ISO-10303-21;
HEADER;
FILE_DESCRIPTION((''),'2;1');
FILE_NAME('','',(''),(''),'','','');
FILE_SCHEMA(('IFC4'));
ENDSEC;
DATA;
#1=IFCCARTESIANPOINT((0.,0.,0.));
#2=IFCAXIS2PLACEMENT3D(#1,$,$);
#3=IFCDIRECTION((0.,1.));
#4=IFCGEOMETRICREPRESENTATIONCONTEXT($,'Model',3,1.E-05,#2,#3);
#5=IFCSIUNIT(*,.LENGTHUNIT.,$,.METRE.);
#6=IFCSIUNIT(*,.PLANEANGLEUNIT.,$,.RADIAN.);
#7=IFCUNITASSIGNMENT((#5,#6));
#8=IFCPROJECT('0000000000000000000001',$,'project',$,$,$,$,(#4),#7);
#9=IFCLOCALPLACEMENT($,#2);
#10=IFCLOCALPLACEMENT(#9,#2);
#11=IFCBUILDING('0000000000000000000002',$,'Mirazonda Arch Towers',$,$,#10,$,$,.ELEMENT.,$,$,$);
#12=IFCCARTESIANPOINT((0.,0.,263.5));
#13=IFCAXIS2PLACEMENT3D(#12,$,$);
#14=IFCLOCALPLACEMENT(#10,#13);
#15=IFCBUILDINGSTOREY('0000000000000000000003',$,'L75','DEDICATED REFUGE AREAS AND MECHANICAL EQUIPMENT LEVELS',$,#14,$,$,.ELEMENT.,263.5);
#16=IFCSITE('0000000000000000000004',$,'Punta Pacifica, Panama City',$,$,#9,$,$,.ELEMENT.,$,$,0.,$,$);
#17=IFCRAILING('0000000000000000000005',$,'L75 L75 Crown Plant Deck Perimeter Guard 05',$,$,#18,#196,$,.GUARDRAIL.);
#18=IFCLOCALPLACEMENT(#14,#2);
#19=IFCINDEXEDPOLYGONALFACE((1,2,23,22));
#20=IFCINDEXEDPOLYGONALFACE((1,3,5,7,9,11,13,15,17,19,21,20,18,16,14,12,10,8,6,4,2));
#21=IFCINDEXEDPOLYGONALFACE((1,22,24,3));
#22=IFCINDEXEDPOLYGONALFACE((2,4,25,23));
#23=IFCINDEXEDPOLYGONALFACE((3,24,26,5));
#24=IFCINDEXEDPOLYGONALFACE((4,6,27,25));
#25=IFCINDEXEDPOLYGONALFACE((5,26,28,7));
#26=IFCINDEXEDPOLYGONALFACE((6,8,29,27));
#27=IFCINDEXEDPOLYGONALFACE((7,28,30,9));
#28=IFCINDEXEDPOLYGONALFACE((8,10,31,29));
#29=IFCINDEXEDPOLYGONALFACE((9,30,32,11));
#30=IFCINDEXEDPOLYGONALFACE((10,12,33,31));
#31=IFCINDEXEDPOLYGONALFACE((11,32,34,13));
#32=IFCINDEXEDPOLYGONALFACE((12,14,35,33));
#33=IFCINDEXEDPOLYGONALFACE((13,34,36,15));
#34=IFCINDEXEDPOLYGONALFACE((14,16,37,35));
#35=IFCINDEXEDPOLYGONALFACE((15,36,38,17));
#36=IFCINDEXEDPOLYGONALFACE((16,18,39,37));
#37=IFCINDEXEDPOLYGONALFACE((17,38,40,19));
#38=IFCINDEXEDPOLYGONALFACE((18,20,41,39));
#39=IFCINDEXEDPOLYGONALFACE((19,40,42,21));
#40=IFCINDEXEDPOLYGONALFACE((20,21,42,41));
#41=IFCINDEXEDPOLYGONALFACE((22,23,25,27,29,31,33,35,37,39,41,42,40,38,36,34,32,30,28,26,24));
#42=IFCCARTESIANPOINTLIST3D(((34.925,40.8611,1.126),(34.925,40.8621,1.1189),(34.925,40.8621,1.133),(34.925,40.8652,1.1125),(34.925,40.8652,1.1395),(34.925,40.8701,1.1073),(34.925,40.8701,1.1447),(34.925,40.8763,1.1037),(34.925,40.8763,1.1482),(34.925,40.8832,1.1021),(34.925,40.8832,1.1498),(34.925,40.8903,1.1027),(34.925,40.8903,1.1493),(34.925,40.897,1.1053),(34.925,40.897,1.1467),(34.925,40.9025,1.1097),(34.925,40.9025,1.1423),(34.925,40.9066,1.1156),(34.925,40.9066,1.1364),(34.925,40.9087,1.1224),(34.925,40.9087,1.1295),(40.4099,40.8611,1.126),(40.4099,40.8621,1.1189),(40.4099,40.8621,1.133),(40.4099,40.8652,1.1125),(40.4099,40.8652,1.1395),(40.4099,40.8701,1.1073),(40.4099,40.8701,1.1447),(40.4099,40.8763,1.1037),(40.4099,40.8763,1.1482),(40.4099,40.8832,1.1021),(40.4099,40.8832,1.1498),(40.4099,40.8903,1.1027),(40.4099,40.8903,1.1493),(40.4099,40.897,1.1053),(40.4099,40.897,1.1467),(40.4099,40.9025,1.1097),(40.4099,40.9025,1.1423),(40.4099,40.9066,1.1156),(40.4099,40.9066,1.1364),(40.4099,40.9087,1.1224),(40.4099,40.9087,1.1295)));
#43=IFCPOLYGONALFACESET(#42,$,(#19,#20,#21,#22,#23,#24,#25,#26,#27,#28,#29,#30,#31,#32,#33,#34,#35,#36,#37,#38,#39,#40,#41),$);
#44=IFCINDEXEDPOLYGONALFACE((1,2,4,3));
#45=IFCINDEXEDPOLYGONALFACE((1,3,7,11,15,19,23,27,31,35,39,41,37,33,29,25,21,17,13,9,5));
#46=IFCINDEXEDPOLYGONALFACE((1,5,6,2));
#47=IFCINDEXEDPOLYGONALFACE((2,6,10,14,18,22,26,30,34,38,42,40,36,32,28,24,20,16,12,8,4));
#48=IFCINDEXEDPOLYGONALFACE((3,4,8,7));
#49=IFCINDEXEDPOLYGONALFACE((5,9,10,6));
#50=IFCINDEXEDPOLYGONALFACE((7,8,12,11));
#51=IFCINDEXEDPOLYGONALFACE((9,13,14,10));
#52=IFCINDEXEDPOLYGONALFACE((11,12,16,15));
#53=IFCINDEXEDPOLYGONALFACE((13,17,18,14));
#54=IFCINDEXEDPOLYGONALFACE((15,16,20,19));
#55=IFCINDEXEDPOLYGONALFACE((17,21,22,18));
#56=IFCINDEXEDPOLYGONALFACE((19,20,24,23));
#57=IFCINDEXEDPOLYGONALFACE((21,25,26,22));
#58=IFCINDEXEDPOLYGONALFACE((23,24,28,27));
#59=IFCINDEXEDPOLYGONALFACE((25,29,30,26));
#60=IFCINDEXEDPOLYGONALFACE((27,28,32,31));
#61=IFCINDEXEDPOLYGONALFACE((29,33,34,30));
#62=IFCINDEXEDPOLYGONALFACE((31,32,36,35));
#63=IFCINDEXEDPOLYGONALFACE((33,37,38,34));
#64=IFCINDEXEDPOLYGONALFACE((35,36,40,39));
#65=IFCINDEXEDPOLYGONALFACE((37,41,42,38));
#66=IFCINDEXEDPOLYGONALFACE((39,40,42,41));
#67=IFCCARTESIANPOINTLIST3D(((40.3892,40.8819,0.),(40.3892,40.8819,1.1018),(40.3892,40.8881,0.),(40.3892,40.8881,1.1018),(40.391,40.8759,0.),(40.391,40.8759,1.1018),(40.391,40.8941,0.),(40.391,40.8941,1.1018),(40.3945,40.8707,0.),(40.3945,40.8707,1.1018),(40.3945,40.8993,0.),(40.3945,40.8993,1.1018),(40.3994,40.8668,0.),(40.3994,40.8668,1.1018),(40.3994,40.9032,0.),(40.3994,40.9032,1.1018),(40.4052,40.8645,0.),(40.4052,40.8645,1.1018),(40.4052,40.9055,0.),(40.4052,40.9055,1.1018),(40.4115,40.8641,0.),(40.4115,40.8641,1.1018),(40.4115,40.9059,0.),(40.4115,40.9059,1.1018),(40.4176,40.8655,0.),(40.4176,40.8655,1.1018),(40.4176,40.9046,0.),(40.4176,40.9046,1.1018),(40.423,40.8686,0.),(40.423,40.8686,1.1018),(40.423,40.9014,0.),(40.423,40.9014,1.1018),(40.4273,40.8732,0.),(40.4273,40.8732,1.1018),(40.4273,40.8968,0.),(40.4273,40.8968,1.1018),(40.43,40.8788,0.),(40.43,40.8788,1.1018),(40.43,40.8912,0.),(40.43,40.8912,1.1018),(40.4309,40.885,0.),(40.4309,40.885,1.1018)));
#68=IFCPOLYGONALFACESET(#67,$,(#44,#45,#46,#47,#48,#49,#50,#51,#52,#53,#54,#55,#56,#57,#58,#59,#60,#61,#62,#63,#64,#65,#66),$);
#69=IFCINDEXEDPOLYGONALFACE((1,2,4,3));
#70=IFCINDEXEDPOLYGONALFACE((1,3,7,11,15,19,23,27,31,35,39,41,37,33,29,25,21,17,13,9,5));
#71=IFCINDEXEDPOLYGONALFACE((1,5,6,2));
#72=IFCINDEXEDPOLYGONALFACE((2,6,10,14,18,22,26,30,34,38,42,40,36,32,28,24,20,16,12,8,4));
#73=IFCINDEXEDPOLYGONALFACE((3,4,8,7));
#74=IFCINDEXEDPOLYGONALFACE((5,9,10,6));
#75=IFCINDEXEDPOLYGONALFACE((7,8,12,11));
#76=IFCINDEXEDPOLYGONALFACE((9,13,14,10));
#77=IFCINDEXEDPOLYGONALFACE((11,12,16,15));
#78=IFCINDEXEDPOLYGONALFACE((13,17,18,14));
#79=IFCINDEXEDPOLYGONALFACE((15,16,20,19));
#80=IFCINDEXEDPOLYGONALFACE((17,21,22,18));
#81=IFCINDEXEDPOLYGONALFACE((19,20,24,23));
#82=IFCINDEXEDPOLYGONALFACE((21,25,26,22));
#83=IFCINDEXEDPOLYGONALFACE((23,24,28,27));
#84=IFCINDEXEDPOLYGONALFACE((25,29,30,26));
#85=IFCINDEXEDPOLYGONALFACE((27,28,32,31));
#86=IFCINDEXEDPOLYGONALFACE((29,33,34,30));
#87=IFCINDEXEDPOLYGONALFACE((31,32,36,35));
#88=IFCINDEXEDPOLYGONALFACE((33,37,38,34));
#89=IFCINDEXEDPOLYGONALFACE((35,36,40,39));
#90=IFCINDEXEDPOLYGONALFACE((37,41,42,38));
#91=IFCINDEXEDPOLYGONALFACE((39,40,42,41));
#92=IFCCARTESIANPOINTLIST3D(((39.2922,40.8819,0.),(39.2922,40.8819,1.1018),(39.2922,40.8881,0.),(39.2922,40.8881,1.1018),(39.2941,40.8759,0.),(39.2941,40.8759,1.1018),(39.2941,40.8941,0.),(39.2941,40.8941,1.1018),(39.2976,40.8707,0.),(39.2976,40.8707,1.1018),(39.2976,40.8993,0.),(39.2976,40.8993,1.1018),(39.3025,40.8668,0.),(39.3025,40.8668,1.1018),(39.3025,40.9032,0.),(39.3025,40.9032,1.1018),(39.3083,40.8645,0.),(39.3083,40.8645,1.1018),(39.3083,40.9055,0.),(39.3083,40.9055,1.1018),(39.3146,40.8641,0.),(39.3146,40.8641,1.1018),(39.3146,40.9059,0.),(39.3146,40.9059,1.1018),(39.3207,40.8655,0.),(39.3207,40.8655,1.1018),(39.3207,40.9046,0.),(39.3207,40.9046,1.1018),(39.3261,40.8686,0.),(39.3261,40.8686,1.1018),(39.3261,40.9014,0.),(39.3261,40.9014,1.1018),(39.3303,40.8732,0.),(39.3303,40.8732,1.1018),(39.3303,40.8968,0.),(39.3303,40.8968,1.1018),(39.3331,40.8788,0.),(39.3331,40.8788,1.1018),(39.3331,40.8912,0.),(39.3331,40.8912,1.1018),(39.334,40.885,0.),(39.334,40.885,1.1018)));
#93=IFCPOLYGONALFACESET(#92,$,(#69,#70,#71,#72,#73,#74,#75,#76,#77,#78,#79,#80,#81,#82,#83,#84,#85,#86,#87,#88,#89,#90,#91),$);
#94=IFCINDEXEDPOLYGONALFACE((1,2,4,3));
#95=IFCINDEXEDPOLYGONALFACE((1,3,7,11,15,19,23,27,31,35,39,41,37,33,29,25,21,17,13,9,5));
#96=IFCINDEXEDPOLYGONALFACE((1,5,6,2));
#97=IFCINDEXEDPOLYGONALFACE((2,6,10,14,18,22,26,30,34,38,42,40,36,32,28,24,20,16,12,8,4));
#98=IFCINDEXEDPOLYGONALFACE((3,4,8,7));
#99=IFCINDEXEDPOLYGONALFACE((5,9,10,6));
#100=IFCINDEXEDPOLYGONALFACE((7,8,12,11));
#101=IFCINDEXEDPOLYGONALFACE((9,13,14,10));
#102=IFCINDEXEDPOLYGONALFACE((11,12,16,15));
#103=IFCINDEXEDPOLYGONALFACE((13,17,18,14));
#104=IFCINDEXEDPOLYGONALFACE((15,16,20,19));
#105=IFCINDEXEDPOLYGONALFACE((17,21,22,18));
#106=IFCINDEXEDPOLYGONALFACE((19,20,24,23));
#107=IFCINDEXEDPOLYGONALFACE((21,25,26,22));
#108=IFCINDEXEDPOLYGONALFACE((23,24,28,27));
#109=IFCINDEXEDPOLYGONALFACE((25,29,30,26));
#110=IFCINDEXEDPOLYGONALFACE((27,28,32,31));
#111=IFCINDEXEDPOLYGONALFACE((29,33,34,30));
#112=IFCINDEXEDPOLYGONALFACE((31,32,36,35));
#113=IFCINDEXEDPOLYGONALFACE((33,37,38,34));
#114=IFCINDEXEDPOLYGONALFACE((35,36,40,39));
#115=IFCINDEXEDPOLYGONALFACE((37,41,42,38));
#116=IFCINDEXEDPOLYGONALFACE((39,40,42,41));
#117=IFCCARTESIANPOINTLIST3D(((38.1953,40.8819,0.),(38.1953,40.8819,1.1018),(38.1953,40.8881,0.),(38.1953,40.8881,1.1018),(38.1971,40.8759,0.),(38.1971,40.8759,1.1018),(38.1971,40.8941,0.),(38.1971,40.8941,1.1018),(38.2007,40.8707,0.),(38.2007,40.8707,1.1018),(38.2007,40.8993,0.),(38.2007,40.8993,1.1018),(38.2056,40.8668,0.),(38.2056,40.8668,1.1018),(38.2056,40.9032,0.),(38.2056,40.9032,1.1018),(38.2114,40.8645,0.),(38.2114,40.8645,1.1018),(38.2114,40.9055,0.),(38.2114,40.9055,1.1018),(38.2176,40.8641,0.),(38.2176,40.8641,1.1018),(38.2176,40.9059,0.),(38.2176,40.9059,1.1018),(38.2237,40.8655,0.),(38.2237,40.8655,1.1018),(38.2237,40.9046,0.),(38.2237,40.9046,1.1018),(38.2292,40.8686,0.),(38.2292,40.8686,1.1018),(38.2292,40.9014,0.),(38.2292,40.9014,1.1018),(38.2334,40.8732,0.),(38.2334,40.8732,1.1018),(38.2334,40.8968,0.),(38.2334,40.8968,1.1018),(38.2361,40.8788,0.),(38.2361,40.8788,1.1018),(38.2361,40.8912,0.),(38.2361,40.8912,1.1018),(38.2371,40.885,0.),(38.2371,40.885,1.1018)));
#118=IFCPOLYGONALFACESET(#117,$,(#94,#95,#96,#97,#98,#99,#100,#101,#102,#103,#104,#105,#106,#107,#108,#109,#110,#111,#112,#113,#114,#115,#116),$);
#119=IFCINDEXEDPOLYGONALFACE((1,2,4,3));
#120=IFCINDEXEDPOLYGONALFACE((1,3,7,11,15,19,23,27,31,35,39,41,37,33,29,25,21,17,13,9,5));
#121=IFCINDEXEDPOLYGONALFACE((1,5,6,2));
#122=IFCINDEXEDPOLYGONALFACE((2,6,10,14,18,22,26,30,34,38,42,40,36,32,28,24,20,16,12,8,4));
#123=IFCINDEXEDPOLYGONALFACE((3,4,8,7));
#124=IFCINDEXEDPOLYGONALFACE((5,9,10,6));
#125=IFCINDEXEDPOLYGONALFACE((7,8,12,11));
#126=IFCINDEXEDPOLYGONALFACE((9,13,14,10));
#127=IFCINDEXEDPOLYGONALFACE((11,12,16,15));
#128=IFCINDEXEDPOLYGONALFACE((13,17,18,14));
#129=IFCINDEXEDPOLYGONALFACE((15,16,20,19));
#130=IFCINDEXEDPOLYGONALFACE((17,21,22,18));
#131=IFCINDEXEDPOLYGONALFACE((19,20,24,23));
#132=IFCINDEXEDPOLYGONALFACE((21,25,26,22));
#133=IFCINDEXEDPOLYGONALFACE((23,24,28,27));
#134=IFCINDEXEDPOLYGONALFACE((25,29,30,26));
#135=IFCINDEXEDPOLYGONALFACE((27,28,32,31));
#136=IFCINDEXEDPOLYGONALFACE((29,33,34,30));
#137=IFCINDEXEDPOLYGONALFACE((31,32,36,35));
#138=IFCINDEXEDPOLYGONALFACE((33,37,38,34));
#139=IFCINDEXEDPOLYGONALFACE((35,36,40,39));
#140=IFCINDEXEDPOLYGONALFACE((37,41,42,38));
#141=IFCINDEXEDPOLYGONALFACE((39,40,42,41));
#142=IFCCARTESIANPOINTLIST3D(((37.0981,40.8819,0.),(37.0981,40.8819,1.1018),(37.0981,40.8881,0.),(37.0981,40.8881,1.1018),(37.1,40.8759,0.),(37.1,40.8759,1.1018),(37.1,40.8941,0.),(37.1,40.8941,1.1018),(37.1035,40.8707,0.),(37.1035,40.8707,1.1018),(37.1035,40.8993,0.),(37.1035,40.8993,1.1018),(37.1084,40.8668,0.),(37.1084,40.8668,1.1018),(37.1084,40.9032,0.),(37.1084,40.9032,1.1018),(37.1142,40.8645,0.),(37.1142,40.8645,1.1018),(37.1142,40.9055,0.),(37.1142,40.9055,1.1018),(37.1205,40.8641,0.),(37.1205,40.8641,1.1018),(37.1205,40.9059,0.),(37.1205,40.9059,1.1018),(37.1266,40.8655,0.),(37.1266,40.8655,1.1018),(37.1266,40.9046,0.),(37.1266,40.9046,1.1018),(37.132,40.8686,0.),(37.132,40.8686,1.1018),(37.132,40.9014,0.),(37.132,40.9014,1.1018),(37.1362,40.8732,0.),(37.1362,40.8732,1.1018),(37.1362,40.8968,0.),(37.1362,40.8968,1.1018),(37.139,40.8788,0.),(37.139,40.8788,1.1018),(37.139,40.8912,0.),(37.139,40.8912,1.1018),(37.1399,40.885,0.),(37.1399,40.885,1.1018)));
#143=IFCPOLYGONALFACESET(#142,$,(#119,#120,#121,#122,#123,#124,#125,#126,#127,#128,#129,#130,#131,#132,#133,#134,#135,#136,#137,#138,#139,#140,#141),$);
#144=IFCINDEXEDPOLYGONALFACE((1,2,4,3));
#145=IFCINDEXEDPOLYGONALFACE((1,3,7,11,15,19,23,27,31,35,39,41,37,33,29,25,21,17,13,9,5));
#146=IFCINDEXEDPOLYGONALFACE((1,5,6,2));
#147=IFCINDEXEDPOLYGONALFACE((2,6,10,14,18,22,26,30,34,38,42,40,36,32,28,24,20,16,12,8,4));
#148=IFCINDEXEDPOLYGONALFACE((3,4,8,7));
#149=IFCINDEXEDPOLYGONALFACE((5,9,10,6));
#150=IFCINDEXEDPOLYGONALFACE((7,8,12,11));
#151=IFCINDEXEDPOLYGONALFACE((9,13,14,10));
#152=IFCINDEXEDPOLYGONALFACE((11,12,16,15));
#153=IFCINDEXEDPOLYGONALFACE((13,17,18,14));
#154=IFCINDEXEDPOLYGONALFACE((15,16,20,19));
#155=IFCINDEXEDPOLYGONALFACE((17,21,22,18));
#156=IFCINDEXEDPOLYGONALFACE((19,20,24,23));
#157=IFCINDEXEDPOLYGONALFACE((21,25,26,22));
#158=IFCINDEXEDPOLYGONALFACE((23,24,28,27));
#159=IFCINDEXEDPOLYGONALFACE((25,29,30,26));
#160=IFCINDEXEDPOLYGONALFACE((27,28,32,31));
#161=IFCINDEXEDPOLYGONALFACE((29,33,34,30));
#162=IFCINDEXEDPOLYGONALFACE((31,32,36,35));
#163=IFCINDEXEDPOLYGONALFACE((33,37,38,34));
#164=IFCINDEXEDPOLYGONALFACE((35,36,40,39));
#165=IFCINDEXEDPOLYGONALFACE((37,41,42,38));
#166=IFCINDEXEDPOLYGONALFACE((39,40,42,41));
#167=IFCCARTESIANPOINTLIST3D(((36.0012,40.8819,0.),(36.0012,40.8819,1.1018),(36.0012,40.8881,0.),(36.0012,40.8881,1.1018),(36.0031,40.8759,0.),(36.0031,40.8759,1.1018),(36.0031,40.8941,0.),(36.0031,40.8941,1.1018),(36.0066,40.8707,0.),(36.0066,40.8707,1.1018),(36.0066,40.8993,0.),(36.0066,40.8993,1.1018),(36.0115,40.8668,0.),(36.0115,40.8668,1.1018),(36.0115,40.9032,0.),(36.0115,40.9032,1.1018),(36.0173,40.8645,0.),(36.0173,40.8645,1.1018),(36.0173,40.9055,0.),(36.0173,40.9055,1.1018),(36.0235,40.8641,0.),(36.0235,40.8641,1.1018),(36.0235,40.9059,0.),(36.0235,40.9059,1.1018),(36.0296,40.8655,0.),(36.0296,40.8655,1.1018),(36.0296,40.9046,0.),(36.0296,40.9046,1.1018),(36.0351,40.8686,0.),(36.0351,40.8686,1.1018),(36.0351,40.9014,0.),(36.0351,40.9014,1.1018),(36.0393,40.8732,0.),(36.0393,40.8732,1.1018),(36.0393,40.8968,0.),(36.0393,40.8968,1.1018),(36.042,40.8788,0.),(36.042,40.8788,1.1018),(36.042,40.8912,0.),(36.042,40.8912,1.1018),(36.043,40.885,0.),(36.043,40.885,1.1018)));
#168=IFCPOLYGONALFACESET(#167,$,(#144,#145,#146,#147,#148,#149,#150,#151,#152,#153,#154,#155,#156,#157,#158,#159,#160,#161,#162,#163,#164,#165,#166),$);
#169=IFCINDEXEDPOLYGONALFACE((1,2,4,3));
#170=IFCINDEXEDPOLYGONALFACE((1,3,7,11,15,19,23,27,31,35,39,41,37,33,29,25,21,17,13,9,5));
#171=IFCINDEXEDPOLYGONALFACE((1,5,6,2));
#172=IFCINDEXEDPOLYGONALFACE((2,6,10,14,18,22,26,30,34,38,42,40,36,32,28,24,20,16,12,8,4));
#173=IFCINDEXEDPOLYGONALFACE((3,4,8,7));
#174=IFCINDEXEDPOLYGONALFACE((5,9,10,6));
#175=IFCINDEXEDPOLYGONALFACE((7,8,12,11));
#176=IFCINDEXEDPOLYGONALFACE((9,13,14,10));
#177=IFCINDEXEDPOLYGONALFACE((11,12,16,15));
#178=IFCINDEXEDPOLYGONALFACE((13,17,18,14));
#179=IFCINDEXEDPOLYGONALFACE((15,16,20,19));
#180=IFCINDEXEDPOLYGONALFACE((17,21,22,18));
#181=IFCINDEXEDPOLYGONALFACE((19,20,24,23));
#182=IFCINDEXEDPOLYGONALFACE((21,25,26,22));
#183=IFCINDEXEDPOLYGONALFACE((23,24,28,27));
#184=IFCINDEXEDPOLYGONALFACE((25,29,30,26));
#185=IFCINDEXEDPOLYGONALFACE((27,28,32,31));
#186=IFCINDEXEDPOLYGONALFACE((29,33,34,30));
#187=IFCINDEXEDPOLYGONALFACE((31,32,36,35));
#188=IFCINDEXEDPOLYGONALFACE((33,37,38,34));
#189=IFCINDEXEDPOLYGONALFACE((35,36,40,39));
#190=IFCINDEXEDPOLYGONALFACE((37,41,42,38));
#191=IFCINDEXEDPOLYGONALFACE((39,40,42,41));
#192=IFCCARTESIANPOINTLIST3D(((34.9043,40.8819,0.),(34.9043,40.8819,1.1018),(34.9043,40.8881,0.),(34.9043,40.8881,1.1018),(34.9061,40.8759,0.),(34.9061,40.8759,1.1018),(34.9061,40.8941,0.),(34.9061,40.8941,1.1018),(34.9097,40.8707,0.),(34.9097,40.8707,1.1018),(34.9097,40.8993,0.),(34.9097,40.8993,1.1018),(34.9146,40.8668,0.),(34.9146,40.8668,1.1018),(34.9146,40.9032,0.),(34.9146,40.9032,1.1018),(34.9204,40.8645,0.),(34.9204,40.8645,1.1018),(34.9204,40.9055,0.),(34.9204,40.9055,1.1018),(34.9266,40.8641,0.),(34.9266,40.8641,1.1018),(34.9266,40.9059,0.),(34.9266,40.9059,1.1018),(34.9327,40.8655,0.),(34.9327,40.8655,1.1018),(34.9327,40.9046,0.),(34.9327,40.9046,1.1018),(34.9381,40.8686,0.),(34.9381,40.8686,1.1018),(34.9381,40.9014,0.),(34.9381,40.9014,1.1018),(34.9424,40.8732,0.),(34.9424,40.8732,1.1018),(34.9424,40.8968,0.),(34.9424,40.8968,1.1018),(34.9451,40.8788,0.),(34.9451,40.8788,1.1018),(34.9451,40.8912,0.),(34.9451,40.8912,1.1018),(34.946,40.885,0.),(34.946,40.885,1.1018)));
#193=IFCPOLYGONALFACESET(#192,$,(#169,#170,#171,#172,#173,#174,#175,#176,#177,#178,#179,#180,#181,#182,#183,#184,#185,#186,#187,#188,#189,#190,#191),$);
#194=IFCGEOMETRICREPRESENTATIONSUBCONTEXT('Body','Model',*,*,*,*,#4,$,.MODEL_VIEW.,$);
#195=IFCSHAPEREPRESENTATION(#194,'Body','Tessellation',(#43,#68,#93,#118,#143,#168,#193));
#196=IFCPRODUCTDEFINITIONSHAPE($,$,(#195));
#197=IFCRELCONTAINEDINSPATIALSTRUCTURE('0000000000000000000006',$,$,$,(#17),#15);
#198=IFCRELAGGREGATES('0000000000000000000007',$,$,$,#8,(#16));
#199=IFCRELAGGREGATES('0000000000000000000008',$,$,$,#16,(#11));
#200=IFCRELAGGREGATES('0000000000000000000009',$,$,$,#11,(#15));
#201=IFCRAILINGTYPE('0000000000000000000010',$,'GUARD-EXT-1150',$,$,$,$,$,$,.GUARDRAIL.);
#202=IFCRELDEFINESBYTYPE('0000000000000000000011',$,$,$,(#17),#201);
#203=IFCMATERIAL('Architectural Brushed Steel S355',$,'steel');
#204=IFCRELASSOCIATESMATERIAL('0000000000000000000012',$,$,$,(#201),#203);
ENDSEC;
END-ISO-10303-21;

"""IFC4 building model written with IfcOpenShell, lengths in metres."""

from ifc_helpers import new_model, si_unit, direction, frame, origin, origin_2d, place, context, subcontext, project, spatial, circle, extrude, material, type_object, element, save


model = new_model("IFC4")

# Units and contexts
model_context = context("Model", 3, precision=1e-05, world=origin(), true_north=direction((0.0, 1.0)))
body_context = subcontext(model_context, "Body", "Model", "MODEL_VIEW")
ifc_project = project(units=[si_unit("LENGTHUNIT", "METRE"), si_unit("PLANEANGLEUNIT", "RADIAN")], contexts=[model_context])

# Site, building, storey
site_placement = place(None, origin())
site = spatial("IfcSite", under=ifc_project, at=site_placement, Name="Punta Pacifica, Panama City", CompositionType="ELEMENT", RefElevation=0.0)
building_placement = place(site_placement, origin())
building = spatial("IfcBuilding", under=site, at=building_placement, Name="Mirazonda Arch Towers", CompositionType="ELEMENT")
storey_placement = place(building_placement, frame((0.0, 0.0, 263.5)))
storey = spatial("IfcBuildingStorey", under=building, at=storey_placement, Name="L75", Description="DEDICATED REFUGE AREAS AND MECHANICAL EQUIPMENT LEVELS", CompositionType="ELEMENT", Elevation=263.5)

# Railing
ifc_material_1 = material(Name="Architectural Brushed Steel S355", Category="steel")
railing_type = type_object("IfcRailingType", Name="GUARD-EXT-1150", PredefinedType="GUARDRAIL", material=ifc_material_1)
railing_1_placement = place(storey_placement, frame((40.4099, 40.885, 0.0)))
element("IfcRailing", 1, at=railing_1_placement, inside=storey, type_object=railing_type, Name="L75 L75 Crown Plant Deck Perimeter Guard 05", PredefinedType="GUARDRAIL", context=body_context, shape_type="SweptSolid", body=[
    extrude(circle(Radius=0.0239, at=origin_2d()), frame((0.0, 0.0, 1.126), z_axis=(-1.0, 0.0, 0.0), x_axis=(0.0, -1.0, 0.0)), (0.0, 0.0, 1.0), 5.4849),
    extrude(circle(Radius=0.021, at=origin_2d()), origin(), (0.0, 0.0, 1.0), 1.1018),
    extrude(circle(Radius=0.021, at=origin_2d()), frame((-1.0969, 0.0, 0.0)), (0.0, 0.0, 1.0), 1.1018),
    extrude(circle(Radius=0.021, at=origin_2d()), frame((-2.1938, 0.0, 0.0)), (0.0, 0.0, 1.0), 1.1018),
    extrude(circle(Radius=0.021, at=origin_2d()), frame((-3.291, 0.0, 0.0)), (0.0, 0.0, 1.0), 1.1018),
    extrude(circle(Radius=0.021, at=origin_2d()), frame((-4.3879, 0.0, 0.0)), (0.0, 0.0, 1.0), 1.1018),
    extrude(circle(Radius=0.021, at=origin_2d()), frame((-5.4849, 0.0, 0.0)), (0.0, 0.0, 1.0), 1.1018),
])

save(model, "model.ifc")
